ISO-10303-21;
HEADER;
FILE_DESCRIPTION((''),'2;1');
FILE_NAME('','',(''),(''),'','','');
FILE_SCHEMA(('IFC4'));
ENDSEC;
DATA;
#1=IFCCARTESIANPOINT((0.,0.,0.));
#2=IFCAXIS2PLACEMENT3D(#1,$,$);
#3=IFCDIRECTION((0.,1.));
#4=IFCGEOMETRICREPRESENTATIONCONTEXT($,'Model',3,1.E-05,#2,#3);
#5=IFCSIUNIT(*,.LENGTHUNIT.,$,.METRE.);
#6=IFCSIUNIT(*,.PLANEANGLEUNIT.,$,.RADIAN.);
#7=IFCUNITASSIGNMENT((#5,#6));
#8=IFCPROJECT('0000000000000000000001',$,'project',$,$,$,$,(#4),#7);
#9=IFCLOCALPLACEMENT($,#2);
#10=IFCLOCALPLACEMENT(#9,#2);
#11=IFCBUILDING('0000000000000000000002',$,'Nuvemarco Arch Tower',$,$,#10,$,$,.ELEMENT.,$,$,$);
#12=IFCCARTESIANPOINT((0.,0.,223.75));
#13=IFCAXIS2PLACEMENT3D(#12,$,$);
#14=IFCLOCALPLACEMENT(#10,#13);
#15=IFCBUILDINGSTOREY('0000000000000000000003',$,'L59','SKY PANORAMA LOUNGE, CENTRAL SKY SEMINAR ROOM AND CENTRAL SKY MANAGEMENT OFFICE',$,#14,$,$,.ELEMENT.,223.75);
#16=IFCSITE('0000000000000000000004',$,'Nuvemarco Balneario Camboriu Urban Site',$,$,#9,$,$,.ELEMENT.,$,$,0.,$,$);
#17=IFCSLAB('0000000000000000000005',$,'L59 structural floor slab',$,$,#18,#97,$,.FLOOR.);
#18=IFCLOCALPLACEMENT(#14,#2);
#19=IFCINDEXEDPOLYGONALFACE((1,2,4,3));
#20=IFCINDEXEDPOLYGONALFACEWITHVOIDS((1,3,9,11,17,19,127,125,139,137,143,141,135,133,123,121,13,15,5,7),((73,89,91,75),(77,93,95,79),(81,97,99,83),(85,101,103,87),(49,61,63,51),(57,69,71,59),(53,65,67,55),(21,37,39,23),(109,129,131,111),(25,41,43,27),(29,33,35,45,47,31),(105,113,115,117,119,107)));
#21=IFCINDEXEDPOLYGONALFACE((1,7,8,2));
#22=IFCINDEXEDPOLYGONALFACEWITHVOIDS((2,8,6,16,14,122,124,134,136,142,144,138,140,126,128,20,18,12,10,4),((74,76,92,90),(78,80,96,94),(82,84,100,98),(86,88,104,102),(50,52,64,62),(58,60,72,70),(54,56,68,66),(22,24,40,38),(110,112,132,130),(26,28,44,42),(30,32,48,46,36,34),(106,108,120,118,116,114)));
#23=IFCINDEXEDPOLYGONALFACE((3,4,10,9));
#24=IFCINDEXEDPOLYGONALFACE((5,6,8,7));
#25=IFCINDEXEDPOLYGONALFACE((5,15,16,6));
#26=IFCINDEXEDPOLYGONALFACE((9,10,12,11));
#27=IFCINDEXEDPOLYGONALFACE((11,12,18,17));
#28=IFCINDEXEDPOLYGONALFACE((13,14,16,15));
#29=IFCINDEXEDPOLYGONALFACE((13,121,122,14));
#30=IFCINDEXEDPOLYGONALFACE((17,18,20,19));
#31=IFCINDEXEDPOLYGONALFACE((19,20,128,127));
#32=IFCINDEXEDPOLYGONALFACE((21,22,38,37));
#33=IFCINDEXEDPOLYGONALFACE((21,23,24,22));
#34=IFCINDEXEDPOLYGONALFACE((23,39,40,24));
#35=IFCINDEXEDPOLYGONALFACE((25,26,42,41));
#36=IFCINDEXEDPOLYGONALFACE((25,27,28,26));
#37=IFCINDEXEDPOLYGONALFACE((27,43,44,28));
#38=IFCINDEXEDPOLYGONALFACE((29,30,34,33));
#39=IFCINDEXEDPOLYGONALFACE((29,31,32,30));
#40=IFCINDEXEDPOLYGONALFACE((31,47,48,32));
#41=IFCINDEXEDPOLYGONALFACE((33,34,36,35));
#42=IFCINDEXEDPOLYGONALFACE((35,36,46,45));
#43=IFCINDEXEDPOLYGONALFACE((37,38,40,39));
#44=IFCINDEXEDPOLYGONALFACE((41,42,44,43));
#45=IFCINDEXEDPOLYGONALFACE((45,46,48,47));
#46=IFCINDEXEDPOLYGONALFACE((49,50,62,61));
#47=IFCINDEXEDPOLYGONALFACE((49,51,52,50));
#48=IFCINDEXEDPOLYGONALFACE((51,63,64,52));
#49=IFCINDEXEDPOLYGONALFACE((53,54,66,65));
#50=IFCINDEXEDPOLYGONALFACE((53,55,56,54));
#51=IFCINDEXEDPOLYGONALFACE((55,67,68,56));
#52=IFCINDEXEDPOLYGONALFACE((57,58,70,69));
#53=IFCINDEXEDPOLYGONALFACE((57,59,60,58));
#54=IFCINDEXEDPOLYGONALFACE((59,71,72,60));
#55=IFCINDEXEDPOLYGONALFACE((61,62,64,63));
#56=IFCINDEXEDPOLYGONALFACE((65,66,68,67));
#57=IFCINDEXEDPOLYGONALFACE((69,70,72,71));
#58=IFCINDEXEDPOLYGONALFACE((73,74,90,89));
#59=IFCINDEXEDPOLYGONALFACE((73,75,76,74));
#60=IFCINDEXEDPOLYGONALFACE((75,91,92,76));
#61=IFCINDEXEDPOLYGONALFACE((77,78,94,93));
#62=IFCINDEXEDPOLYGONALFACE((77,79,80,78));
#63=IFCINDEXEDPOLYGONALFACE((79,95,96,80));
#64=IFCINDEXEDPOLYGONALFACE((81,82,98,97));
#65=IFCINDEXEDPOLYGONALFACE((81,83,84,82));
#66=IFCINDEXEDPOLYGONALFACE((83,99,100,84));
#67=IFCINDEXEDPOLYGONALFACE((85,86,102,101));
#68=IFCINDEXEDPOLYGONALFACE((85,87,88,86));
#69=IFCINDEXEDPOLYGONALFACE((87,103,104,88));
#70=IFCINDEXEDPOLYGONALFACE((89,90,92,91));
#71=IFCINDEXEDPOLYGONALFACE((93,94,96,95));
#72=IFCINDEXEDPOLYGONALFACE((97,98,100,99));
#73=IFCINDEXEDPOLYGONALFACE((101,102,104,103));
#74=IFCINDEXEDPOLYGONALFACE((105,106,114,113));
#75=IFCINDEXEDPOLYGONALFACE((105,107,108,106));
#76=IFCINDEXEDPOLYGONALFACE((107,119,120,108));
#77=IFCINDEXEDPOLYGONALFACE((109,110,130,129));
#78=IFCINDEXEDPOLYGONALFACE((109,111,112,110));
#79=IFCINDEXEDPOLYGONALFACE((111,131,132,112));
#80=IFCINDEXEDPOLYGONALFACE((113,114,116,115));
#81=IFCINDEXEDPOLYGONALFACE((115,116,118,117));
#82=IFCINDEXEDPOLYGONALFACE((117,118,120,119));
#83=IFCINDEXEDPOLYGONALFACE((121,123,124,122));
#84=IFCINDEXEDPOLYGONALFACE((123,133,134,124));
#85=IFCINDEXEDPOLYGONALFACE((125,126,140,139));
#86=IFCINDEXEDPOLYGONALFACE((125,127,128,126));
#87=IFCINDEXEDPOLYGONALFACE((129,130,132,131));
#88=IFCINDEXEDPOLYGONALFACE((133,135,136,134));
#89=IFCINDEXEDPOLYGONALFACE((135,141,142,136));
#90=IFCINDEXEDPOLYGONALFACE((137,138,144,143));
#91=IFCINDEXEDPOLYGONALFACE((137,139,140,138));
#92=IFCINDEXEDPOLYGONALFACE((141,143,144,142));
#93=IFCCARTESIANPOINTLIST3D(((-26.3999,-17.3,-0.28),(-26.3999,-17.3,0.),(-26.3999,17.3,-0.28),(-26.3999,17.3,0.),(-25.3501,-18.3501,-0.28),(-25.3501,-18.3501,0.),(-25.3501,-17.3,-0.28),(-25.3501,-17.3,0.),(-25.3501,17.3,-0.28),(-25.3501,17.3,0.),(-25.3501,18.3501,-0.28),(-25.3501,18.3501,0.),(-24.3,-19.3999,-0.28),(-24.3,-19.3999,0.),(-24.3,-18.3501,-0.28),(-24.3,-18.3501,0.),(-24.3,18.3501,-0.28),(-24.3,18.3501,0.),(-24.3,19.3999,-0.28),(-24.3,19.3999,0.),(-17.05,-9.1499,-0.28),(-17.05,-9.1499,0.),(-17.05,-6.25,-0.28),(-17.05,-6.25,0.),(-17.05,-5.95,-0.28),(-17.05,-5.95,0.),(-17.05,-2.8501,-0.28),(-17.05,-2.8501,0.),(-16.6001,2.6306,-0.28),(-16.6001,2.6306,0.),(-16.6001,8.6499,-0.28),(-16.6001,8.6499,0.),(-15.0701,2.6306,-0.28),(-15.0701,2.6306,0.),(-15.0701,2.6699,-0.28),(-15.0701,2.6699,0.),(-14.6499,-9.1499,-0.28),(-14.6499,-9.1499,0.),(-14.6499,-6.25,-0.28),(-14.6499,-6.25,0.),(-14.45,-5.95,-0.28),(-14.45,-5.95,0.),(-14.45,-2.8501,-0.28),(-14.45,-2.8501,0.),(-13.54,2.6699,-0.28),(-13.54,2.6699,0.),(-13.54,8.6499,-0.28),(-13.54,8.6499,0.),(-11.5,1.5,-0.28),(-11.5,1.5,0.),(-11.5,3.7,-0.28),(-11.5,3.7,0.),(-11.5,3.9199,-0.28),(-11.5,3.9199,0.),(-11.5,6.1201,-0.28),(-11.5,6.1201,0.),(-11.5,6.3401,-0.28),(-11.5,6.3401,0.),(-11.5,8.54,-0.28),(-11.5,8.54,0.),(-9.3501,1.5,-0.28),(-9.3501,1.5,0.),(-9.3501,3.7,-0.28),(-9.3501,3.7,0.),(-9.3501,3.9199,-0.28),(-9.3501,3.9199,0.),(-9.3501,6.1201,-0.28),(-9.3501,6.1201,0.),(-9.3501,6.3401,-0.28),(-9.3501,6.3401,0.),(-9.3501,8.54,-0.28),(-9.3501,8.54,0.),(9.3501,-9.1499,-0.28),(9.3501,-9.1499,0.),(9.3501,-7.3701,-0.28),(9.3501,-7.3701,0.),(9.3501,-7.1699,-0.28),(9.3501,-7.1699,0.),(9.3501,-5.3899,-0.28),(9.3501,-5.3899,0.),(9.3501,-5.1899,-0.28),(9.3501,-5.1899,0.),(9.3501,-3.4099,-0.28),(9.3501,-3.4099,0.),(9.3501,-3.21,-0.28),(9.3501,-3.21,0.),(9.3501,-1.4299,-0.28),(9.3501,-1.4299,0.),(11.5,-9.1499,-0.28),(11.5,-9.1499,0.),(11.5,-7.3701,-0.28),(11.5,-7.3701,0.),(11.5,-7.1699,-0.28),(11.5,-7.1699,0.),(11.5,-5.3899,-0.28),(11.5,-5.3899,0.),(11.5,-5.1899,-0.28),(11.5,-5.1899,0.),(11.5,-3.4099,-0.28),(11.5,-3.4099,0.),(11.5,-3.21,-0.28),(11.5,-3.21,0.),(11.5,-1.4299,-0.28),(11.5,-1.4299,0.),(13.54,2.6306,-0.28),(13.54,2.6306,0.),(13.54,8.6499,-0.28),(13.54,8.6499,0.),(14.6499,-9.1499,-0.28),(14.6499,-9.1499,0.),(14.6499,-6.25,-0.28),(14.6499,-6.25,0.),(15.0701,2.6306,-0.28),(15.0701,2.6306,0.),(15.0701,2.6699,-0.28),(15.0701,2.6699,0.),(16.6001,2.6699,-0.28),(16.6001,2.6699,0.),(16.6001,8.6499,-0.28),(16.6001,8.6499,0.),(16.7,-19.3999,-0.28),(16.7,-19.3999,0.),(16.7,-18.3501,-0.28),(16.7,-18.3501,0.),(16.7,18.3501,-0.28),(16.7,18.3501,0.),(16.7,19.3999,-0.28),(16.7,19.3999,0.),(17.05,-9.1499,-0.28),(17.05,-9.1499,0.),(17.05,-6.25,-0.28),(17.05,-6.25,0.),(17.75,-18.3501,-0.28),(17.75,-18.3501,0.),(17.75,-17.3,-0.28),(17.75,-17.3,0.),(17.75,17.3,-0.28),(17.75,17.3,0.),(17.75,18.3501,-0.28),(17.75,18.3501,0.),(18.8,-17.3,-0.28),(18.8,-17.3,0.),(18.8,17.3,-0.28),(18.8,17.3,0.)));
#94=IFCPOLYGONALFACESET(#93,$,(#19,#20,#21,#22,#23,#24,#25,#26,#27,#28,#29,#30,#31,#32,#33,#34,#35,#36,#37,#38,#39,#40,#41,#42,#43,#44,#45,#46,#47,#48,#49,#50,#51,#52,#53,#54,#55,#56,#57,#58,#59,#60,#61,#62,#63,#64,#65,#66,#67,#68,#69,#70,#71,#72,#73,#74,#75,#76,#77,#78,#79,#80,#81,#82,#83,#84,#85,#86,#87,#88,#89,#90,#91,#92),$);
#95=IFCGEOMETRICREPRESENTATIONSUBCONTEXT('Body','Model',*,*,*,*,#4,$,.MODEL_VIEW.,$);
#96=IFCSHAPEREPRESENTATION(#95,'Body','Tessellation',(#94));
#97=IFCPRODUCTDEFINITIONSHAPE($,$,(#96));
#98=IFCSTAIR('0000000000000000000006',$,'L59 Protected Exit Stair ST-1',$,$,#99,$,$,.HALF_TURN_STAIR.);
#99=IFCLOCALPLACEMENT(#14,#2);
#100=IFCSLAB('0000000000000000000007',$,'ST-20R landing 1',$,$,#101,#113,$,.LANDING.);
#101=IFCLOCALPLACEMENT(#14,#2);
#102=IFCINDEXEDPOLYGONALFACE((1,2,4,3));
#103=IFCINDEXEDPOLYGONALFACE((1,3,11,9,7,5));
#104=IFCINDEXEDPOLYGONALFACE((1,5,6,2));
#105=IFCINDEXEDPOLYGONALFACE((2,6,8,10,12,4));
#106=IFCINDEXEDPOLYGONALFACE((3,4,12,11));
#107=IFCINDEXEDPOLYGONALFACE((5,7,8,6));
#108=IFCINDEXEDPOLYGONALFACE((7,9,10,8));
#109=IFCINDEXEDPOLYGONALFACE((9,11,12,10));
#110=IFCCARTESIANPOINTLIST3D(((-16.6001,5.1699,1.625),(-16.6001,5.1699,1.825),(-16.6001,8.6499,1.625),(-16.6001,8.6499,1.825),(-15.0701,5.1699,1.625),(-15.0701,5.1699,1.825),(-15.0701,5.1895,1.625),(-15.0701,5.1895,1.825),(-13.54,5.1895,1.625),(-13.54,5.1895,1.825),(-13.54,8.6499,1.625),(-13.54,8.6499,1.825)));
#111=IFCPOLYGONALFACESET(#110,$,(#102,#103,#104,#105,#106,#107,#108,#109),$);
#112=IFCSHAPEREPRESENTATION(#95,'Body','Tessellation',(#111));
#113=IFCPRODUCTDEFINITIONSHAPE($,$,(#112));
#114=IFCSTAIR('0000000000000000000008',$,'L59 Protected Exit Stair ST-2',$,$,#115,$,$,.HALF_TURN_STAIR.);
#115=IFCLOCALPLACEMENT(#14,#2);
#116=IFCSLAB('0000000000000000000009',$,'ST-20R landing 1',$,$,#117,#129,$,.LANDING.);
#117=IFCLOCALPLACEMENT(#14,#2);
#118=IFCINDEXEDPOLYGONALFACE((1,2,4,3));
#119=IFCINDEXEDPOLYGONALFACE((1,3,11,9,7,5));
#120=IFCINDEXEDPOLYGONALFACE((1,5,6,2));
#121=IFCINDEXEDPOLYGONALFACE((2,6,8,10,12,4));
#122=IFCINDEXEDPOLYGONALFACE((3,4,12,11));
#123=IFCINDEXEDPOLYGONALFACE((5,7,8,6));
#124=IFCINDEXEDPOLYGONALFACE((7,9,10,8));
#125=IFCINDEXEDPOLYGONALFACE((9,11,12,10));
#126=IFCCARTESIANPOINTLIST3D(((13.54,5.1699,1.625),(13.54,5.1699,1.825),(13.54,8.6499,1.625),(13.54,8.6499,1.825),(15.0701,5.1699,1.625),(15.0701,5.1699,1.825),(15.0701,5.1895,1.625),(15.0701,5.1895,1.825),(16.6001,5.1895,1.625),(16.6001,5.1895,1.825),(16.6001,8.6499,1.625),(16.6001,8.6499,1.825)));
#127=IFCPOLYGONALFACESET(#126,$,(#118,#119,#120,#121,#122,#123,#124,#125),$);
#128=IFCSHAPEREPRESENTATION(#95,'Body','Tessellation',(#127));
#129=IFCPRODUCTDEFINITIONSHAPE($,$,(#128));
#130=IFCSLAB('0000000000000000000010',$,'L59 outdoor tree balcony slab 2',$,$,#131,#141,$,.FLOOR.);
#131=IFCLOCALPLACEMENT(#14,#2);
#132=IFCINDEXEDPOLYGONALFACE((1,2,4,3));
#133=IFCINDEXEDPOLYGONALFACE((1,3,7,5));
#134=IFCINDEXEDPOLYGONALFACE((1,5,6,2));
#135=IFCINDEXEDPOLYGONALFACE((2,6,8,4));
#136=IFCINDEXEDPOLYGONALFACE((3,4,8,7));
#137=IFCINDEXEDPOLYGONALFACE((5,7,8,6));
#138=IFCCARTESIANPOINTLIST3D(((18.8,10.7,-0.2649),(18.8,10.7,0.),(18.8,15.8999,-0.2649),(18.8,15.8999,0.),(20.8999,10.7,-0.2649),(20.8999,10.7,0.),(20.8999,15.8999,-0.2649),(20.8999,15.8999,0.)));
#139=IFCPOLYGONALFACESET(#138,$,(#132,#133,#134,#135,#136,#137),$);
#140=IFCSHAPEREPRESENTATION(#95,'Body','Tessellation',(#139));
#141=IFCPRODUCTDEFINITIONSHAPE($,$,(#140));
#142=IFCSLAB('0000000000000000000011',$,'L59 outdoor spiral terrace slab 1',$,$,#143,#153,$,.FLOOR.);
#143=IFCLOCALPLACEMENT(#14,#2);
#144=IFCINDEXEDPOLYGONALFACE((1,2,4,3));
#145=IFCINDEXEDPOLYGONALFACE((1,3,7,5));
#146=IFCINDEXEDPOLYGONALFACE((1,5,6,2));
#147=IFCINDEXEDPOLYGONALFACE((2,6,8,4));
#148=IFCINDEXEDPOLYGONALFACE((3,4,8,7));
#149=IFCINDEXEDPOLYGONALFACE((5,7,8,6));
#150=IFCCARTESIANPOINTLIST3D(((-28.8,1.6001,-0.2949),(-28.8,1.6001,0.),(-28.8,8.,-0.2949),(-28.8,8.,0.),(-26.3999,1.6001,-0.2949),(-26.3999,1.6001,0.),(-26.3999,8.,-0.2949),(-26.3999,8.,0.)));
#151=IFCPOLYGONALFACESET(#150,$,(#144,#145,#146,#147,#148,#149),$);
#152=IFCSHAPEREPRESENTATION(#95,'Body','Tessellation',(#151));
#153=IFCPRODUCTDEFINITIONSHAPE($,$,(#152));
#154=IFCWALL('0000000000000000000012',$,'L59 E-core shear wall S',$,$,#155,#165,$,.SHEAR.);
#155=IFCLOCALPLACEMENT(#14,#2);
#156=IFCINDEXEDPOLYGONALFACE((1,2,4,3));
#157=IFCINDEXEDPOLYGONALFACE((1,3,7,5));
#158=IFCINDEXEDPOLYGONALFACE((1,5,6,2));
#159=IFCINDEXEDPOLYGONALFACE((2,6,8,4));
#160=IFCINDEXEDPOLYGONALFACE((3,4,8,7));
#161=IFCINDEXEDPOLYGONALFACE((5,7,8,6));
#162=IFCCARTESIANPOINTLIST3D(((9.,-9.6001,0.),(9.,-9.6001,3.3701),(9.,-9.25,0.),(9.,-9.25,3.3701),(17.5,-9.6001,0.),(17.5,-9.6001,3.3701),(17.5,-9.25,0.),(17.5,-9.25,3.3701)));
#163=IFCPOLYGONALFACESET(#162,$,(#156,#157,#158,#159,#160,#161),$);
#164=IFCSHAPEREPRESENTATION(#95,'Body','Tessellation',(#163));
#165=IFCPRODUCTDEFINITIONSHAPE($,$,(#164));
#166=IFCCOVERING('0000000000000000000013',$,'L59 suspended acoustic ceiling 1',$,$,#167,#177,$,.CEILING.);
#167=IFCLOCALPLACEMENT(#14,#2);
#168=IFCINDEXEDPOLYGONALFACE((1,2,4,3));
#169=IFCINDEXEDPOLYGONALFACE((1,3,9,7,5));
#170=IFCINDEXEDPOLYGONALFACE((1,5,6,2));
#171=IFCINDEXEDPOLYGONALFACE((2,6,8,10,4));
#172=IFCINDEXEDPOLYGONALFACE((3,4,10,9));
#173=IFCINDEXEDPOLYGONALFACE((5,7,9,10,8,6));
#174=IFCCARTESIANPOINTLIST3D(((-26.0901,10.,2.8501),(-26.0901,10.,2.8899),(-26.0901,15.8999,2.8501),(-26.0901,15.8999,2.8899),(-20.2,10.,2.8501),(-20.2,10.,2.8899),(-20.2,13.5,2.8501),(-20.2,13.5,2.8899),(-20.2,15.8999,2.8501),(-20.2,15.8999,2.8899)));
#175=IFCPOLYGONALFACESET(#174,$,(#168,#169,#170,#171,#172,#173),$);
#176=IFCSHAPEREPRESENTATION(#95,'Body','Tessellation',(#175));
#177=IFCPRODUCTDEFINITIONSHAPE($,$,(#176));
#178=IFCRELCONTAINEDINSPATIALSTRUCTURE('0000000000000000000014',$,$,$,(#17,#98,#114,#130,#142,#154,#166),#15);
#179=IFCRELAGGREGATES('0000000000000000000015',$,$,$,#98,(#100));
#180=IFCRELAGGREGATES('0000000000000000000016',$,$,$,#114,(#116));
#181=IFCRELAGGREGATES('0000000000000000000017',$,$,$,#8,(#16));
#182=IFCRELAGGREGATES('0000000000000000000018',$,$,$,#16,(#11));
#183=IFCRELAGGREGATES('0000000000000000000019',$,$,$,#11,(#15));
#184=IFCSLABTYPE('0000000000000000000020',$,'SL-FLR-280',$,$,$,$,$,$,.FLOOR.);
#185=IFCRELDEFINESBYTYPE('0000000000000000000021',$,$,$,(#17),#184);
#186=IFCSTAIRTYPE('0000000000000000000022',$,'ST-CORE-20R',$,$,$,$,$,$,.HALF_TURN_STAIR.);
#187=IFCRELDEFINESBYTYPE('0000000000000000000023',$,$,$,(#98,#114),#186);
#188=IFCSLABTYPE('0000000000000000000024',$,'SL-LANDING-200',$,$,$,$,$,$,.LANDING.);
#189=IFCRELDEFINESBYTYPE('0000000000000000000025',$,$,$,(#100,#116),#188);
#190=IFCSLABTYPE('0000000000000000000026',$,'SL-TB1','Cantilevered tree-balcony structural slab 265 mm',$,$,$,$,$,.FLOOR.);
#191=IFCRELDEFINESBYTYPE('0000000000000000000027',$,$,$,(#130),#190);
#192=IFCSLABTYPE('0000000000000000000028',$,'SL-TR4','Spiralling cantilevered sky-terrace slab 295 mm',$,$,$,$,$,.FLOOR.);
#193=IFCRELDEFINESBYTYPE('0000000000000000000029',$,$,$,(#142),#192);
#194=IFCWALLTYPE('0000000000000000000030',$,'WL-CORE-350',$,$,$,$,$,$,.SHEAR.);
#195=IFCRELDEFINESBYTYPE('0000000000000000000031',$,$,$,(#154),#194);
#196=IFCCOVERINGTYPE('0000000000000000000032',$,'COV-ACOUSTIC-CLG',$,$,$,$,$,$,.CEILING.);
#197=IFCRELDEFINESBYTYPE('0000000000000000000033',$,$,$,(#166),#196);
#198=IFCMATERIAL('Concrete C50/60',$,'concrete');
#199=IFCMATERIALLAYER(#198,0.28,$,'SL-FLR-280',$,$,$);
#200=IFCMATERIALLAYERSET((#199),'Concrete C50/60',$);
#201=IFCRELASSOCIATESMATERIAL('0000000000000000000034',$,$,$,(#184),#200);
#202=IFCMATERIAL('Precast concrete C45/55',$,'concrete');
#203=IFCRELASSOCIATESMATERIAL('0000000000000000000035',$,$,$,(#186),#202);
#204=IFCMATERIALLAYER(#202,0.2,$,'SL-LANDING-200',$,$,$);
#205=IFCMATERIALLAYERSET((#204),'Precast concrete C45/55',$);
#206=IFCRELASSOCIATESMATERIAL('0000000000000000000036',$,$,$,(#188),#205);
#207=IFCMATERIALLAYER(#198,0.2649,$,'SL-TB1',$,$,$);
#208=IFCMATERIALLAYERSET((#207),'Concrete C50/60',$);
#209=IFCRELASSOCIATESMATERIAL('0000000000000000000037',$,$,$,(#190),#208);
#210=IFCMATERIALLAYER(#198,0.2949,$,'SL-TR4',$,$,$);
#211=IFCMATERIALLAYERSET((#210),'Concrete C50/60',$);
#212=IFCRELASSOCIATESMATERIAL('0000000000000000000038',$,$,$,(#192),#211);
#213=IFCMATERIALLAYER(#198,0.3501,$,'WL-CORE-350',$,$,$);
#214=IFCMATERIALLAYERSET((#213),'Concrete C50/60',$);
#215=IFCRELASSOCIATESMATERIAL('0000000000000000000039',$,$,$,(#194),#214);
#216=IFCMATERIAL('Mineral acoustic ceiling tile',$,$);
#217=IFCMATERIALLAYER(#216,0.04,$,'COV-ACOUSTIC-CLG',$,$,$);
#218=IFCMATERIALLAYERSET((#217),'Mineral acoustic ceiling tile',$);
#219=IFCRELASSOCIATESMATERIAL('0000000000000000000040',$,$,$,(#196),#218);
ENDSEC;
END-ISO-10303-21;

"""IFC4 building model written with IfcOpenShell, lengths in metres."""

from ifc_helpers import new_model, si_unit, direction, frame, frame_2d, origin, place, context, subcontext, project, spatial, polyline, rectangle, outline, extrude, material, layer, layer_set, type_object, element, aggregate, save


model = new_model("IFC4")

# Units and contexts
model_context = context("Model", 3, precision=1e-05, world=origin(), true_north=direction((0.0, 1.0)))
body_context = subcontext(model_context, "Body", "Model", "MODEL_VIEW")
ifc_project = project(units=[si_unit("LENGTHUNIT", "METRE"), si_unit("PLANEANGLEUNIT", "RADIAN")], contexts=[model_context])

# Site, building, storey
site_placement = place(None, origin())
site = spatial("IfcSite", under=ifc_project, at=site_placement, Name="Nuvemarco Balneario Camboriu Urban Site", CompositionType="ELEMENT", RefElevation=0.0)
building_placement = place(site_placement, origin())
building = spatial("IfcBuilding", under=site, at=building_placement, Name="Nuvemarco Arch Tower", CompositionType="ELEMENT")
storey_placement = place(building_placement, frame((0.0, 0.0, 223.75)))
storey = spatial("IfcBuildingStorey", under=building, at=storey_placement, Name="L59", Description="SKY PANORAMA LOUNGE, CENTRAL SKY SEMINAR ROOM AND CENTRAL SKY MANAGEMENT OFFICE", CompositionType="ELEMENT", Elevation=223.75)

# Shared definitions
ifc_material_1 = material(Name="Concrete C50/60", Category="concrete")

# Slab
ifc_layer_1 = layer(ifc_material_1, 0.28, Name="SL-FLR-280")
ifc_layer_set_1 = layer_set([ifc_layer_1], Name="Concrete C50/60")
slab_type_1 = type_object("IfcSlabType", Name="SL-FLR-280", PredefinedType="FLOOR", material=ifc_layer_set_1)
slab_1_placement = place(storey_placement, frame((0.0, 0.0, -0.28)))
element("IfcSlab", 1, at=slab_1_placement, inside=storey, type_object=slab_type_1, Name="L59 structural floor slab", PredefinedType="FLOOR", context=body_context, shape_type="SweptSolid", body=[
    extrude(outline(polyline([(-24.3, -19.3999), (16.7, -19.3999), (16.7, -18.3501), (17.75, -18.3501), (17.75, -17.3), (18.8, -17.3), (18.8, 17.3), (17.75, 17.3), (17.75, 18.3501), (16.7, 18.3501), (16.7, 19.3999), (-24.3, 19.3999), (-24.3, 18.3501), (-25.3501, 18.3501), (-25.3501, 17.3), (-26.3999, 17.3), (-26.3999, -17.3), (-25.3501, -17.3), (-25.3501, -18.3501), (-24.3, -18.3501), (-24.3, -19.3999)]), holes=[polyline([(-13.54, 2.6699), (-13.54, 8.6499), (-16.6001, 8.6499), (-16.6001, 2.6306), (-15.0701, 2.6306), (-15.0701, 2.6699), (-13.54, 2.6699)]), polyline([(16.6001, 2.6699), (16.6001, 8.6499), (13.54, 8.6499), (13.54, 2.6306), (15.0701, 2.6306), (15.0701, 2.6699), (16.6001, 2.6699)]), polyline([(-17.05, -9.1499), (-14.6499, -9.1499), (-14.6499, -6.25), (-17.05, -6.25), (-17.05, -9.1499)]), polyline([(-17.05, -5.95), (-14.45, -5.95), (-14.45, -2.8501), (-17.05, -2.8501), (-17.05, -5.95)]), polyline([(-11.5, 1.5), (-9.3501, 1.5), (-9.3501, 3.7), (-11.5, 3.7), (-11.5, 1.5)]), polyline([(-11.5, 3.9199), (-9.3501, 3.9199), (-9.3501, 6.1201), (-11.5, 6.1201), (-11.5, 3.9199)]), polyline([(-11.5, 6.3401), (-9.3501, 6.3401), (-9.3501, 8.54), (-11.5, 8.54), (-11.5, 6.3401)]), polyline([(14.6499, -9.1499), (17.05, -9.1499), (17.05, -6.25), (14.6499, -6.25), (14.6499, -9.1499)]), polyline([(9.3501, -9.1499), (11.5, -9.1499), (11.5, -7.3701), (9.3501, -7.3701), (9.3501, -9.1499)]), polyline([(9.3501, -7.1699), (11.5, -7.1699), (11.5, -5.3899), (9.3501, -5.3899), (9.3501, -7.1699)]), polyline([(9.3501, -5.1899), (11.5, -5.1899), (11.5, -3.4099), (9.3501, -3.4099), (9.3501, -5.1899)]), polyline([(9.3501, -3.21), (11.5, -3.21), (11.5, -1.4299), (9.3501, -1.4299), (9.3501, -3.21)])]), origin(), (0.0, 0.0, 1.0), 0.28),
])

# Stairs, slabs
ifc_material_2 = material(Name="Precast concrete C45/55", Category="concrete")
stair_type = type_object("IfcStairType", Name="ST-CORE-20R", PredefinedType="HALF_TURN_STAIR", material=ifc_material_2)
stair_1_placement = place(storey_placement, origin())
stair_1 = element("IfcStair", 2, at=stair_1_placement, inside=storey, type_object=stair_type, Name="L59 Protected Exit Stair ST-1", PredefinedType="HALF_TURN_STAIR")
ifc_layer_2 = layer(ifc_material_2, 0.2, Name="SL-LANDING-200")
ifc_layer_set_2 = layer_set([ifc_layer_2], Name="Precast concrete C45/55")
slab_type_2 = type_object("IfcSlabType", Name="SL-LANDING-200", PredefinedType="LANDING", material=ifc_layer_set_2)
slab_2_placement = place(storey_placement, frame((0.0, 0.0, 1.625)))
slab_2 = element("IfcSlab", 3, at=slab_2_placement, type_object=slab_type_2, Name="ST-20R landing 1", PredefinedType="LANDING", context=body_context, shape_type="SweptSolid", body=[
    extrude(outline(polyline([(-13.54, 5.1895), (-13.54, 8.6499), (-16.6001, 8.6499), (-16.6001, 5.1699), (-15.0701, 5.1699), (-15.0701, 5.1895), (-13.54, 5.1895)])), origin(), (0.0, 0.0, 1.0), 0.2),
])
aggregate(stair_1, [slab_2])
stair_2_placement = place(storey_placement, origin())
stair_2 = element("IfcStair", 4, at=stair_2_placement, inside=storey, type_object=stair_type, Name="L59 Protected Exit Stair ST-2", PredefinedType="HALF_TURN_STAIR")
slab_3_placement = place(storey_placement, frame((0.0, 0.0, 1.625)))
slab_3 = element("IfcSlab", 5, at=slab_3_placement, type_object=slab_type_2, Name="ST-20R landing 1", PredefinedType="LANDING", context=body_context, shape_type="SweptSolid", body=[
    extrude(outline(polyline([(16.6001, 5.1895), (16.6001, 8.6499), (13.54, 8.6499), (13.54, 5.1699), (15.0701, 5.1699), (15.0701, 5.1895), (16.6001, 5.1895)])), origin(), (0.0, 0.0, 1.0), 0.2),
])
aggregate(stair_2, [slab_3])

# Slabs
ifc_layer_3 = layer(ifc_material_1, 0.2649, Name="SL-TB1")
ifc_layer_set_3 = layer_set([ifc_layer_3], Name="Concrete C50/60")
slab_type_3 = type_object("IfcSlabType", Name="SL-TB1", Description="Cantilevered tree-balcony structural slab 265 mm", PredefinedType="FLOOR", material=ifc_layer_set_3)
slab_4_placement = place(storey_placement, frame((0.0, 0.0, -0.2649)))
element("IfcSlab", 6, at=slab_4_placement, inside=storey, type_object=slab_type_3, Name="L59 outdoor tree balcony slab 2", PredefinedType="FLOOR", context=body_context, shape_type="SweptSolid", body=[
    extrude(outline(polyline([(18.8, 10.7), (20.8999, 10.7), (20.8999, 15.8999), (18.8, 15.8999), (18.8, 10.7)])), origin(), (0.0, 0.0, 1.0), 0.2649),
])
ifc_layer_4 = layer(ifc_material_1, 0.2949, Name="SL-TR4")
ifc_layer_set_4 = layer_set([ifc_layer_4], Name="Concrete C50/60")
slab_type_4 = type_object("IfcSlabType", Name="SL-TR4", Description="Spiralling cantilevered sky-terrace slab 295 mm", PredefinedType="FLOOR", material=ifc_layer_set_4)
slab_5_placement = place(storey_placement, frame((0.0, 0.0, -0.2949)))
element("IfcSlab", 7, at=slab_5_placement, inside=storey, type_object=slab_type_4, Name="L59 outdoor spiral terrace slab 1", PredefinedType="FLOOR", context=body_context, shape_type="SweptSolid", body=[
    extrude(outline(polyline([(-28.8, 1.6001), (-26.3999, 1.6001), (-26.3999, 8.0), (-28.8, 8.0), (-28.8, 1.6001)])), origin(), (0.0, 0.0, 1.0), 0.2949),
])

# Wall
ifc_layer_5 = layer(ifc_material_1, 0.3501, Name="WL-CORE-350")
ifc_layer_set_5 = layer_set([ifc_layer_5], Name="Concrete C50/60")
wall_type = type_object("IfcWallType", Name="WL-CORE-350", PredefinedType="SHEAR", material=ifc_layer_set_5)
wall_placement = place(storey_placement, frame((9.0, -9.425, 0.0), z_axis=(0.0, 0.0, 1.0), x_axis=(1.0, 0.0, 0.0)))
element("IfcWall", 8, at=wall_placement, inside=storey, type_object=wall_type, Name="L59 E-core shear wall S", PredefinedType="SHEAR", context=body_context, shape_type="SweptSolid", body=[
    extrude(rectangle(XDim=8.5, YDim=0.3501, at=frame_2d((4.25, 0.0))), origin(), (0.0, 0.0, 1.0), 3.3701),
])

# Covering
ifc_material_3 = material(Name="Mineral acoustic ceiling tile")
ifc_layer_6 = layer(ifc_material_3, 0.04, Name="COV-ACOUSTIC-CLG")
ifc_layer_set_6 = layer_set([ifc_layer_6], Name="Mineral acoustic ceiling tile")
covering_type = type_object("IfcCoveringType", Name="COV-ACOUSTIC-CLG", PredefinedType="CEILING", material=ifc_layer_set_6)
covering_1_placement = place(storey_placement, frame((0.0, 0.0, 2.8501)))
element("IfcCovering", 9, at=covering_1_placement, inside=storey, type_object=covering_type, Name="L59 suspended acoustic ceiling 1", PredefinedType="CEILING", context=body_context, shape_type="SweptSolid", body=[
    extrude(outline(polyline([(-20.2, 10.0), (-26.0901, 10.0), (-26.0901, 15.8999), (-20.2, 15.8999), (-20.2, 13.5), (-20.2, 10.0)])), origin(), (0.0, 0.0, 1.0), 0.0398),
])

save(model, "model.ifc")
